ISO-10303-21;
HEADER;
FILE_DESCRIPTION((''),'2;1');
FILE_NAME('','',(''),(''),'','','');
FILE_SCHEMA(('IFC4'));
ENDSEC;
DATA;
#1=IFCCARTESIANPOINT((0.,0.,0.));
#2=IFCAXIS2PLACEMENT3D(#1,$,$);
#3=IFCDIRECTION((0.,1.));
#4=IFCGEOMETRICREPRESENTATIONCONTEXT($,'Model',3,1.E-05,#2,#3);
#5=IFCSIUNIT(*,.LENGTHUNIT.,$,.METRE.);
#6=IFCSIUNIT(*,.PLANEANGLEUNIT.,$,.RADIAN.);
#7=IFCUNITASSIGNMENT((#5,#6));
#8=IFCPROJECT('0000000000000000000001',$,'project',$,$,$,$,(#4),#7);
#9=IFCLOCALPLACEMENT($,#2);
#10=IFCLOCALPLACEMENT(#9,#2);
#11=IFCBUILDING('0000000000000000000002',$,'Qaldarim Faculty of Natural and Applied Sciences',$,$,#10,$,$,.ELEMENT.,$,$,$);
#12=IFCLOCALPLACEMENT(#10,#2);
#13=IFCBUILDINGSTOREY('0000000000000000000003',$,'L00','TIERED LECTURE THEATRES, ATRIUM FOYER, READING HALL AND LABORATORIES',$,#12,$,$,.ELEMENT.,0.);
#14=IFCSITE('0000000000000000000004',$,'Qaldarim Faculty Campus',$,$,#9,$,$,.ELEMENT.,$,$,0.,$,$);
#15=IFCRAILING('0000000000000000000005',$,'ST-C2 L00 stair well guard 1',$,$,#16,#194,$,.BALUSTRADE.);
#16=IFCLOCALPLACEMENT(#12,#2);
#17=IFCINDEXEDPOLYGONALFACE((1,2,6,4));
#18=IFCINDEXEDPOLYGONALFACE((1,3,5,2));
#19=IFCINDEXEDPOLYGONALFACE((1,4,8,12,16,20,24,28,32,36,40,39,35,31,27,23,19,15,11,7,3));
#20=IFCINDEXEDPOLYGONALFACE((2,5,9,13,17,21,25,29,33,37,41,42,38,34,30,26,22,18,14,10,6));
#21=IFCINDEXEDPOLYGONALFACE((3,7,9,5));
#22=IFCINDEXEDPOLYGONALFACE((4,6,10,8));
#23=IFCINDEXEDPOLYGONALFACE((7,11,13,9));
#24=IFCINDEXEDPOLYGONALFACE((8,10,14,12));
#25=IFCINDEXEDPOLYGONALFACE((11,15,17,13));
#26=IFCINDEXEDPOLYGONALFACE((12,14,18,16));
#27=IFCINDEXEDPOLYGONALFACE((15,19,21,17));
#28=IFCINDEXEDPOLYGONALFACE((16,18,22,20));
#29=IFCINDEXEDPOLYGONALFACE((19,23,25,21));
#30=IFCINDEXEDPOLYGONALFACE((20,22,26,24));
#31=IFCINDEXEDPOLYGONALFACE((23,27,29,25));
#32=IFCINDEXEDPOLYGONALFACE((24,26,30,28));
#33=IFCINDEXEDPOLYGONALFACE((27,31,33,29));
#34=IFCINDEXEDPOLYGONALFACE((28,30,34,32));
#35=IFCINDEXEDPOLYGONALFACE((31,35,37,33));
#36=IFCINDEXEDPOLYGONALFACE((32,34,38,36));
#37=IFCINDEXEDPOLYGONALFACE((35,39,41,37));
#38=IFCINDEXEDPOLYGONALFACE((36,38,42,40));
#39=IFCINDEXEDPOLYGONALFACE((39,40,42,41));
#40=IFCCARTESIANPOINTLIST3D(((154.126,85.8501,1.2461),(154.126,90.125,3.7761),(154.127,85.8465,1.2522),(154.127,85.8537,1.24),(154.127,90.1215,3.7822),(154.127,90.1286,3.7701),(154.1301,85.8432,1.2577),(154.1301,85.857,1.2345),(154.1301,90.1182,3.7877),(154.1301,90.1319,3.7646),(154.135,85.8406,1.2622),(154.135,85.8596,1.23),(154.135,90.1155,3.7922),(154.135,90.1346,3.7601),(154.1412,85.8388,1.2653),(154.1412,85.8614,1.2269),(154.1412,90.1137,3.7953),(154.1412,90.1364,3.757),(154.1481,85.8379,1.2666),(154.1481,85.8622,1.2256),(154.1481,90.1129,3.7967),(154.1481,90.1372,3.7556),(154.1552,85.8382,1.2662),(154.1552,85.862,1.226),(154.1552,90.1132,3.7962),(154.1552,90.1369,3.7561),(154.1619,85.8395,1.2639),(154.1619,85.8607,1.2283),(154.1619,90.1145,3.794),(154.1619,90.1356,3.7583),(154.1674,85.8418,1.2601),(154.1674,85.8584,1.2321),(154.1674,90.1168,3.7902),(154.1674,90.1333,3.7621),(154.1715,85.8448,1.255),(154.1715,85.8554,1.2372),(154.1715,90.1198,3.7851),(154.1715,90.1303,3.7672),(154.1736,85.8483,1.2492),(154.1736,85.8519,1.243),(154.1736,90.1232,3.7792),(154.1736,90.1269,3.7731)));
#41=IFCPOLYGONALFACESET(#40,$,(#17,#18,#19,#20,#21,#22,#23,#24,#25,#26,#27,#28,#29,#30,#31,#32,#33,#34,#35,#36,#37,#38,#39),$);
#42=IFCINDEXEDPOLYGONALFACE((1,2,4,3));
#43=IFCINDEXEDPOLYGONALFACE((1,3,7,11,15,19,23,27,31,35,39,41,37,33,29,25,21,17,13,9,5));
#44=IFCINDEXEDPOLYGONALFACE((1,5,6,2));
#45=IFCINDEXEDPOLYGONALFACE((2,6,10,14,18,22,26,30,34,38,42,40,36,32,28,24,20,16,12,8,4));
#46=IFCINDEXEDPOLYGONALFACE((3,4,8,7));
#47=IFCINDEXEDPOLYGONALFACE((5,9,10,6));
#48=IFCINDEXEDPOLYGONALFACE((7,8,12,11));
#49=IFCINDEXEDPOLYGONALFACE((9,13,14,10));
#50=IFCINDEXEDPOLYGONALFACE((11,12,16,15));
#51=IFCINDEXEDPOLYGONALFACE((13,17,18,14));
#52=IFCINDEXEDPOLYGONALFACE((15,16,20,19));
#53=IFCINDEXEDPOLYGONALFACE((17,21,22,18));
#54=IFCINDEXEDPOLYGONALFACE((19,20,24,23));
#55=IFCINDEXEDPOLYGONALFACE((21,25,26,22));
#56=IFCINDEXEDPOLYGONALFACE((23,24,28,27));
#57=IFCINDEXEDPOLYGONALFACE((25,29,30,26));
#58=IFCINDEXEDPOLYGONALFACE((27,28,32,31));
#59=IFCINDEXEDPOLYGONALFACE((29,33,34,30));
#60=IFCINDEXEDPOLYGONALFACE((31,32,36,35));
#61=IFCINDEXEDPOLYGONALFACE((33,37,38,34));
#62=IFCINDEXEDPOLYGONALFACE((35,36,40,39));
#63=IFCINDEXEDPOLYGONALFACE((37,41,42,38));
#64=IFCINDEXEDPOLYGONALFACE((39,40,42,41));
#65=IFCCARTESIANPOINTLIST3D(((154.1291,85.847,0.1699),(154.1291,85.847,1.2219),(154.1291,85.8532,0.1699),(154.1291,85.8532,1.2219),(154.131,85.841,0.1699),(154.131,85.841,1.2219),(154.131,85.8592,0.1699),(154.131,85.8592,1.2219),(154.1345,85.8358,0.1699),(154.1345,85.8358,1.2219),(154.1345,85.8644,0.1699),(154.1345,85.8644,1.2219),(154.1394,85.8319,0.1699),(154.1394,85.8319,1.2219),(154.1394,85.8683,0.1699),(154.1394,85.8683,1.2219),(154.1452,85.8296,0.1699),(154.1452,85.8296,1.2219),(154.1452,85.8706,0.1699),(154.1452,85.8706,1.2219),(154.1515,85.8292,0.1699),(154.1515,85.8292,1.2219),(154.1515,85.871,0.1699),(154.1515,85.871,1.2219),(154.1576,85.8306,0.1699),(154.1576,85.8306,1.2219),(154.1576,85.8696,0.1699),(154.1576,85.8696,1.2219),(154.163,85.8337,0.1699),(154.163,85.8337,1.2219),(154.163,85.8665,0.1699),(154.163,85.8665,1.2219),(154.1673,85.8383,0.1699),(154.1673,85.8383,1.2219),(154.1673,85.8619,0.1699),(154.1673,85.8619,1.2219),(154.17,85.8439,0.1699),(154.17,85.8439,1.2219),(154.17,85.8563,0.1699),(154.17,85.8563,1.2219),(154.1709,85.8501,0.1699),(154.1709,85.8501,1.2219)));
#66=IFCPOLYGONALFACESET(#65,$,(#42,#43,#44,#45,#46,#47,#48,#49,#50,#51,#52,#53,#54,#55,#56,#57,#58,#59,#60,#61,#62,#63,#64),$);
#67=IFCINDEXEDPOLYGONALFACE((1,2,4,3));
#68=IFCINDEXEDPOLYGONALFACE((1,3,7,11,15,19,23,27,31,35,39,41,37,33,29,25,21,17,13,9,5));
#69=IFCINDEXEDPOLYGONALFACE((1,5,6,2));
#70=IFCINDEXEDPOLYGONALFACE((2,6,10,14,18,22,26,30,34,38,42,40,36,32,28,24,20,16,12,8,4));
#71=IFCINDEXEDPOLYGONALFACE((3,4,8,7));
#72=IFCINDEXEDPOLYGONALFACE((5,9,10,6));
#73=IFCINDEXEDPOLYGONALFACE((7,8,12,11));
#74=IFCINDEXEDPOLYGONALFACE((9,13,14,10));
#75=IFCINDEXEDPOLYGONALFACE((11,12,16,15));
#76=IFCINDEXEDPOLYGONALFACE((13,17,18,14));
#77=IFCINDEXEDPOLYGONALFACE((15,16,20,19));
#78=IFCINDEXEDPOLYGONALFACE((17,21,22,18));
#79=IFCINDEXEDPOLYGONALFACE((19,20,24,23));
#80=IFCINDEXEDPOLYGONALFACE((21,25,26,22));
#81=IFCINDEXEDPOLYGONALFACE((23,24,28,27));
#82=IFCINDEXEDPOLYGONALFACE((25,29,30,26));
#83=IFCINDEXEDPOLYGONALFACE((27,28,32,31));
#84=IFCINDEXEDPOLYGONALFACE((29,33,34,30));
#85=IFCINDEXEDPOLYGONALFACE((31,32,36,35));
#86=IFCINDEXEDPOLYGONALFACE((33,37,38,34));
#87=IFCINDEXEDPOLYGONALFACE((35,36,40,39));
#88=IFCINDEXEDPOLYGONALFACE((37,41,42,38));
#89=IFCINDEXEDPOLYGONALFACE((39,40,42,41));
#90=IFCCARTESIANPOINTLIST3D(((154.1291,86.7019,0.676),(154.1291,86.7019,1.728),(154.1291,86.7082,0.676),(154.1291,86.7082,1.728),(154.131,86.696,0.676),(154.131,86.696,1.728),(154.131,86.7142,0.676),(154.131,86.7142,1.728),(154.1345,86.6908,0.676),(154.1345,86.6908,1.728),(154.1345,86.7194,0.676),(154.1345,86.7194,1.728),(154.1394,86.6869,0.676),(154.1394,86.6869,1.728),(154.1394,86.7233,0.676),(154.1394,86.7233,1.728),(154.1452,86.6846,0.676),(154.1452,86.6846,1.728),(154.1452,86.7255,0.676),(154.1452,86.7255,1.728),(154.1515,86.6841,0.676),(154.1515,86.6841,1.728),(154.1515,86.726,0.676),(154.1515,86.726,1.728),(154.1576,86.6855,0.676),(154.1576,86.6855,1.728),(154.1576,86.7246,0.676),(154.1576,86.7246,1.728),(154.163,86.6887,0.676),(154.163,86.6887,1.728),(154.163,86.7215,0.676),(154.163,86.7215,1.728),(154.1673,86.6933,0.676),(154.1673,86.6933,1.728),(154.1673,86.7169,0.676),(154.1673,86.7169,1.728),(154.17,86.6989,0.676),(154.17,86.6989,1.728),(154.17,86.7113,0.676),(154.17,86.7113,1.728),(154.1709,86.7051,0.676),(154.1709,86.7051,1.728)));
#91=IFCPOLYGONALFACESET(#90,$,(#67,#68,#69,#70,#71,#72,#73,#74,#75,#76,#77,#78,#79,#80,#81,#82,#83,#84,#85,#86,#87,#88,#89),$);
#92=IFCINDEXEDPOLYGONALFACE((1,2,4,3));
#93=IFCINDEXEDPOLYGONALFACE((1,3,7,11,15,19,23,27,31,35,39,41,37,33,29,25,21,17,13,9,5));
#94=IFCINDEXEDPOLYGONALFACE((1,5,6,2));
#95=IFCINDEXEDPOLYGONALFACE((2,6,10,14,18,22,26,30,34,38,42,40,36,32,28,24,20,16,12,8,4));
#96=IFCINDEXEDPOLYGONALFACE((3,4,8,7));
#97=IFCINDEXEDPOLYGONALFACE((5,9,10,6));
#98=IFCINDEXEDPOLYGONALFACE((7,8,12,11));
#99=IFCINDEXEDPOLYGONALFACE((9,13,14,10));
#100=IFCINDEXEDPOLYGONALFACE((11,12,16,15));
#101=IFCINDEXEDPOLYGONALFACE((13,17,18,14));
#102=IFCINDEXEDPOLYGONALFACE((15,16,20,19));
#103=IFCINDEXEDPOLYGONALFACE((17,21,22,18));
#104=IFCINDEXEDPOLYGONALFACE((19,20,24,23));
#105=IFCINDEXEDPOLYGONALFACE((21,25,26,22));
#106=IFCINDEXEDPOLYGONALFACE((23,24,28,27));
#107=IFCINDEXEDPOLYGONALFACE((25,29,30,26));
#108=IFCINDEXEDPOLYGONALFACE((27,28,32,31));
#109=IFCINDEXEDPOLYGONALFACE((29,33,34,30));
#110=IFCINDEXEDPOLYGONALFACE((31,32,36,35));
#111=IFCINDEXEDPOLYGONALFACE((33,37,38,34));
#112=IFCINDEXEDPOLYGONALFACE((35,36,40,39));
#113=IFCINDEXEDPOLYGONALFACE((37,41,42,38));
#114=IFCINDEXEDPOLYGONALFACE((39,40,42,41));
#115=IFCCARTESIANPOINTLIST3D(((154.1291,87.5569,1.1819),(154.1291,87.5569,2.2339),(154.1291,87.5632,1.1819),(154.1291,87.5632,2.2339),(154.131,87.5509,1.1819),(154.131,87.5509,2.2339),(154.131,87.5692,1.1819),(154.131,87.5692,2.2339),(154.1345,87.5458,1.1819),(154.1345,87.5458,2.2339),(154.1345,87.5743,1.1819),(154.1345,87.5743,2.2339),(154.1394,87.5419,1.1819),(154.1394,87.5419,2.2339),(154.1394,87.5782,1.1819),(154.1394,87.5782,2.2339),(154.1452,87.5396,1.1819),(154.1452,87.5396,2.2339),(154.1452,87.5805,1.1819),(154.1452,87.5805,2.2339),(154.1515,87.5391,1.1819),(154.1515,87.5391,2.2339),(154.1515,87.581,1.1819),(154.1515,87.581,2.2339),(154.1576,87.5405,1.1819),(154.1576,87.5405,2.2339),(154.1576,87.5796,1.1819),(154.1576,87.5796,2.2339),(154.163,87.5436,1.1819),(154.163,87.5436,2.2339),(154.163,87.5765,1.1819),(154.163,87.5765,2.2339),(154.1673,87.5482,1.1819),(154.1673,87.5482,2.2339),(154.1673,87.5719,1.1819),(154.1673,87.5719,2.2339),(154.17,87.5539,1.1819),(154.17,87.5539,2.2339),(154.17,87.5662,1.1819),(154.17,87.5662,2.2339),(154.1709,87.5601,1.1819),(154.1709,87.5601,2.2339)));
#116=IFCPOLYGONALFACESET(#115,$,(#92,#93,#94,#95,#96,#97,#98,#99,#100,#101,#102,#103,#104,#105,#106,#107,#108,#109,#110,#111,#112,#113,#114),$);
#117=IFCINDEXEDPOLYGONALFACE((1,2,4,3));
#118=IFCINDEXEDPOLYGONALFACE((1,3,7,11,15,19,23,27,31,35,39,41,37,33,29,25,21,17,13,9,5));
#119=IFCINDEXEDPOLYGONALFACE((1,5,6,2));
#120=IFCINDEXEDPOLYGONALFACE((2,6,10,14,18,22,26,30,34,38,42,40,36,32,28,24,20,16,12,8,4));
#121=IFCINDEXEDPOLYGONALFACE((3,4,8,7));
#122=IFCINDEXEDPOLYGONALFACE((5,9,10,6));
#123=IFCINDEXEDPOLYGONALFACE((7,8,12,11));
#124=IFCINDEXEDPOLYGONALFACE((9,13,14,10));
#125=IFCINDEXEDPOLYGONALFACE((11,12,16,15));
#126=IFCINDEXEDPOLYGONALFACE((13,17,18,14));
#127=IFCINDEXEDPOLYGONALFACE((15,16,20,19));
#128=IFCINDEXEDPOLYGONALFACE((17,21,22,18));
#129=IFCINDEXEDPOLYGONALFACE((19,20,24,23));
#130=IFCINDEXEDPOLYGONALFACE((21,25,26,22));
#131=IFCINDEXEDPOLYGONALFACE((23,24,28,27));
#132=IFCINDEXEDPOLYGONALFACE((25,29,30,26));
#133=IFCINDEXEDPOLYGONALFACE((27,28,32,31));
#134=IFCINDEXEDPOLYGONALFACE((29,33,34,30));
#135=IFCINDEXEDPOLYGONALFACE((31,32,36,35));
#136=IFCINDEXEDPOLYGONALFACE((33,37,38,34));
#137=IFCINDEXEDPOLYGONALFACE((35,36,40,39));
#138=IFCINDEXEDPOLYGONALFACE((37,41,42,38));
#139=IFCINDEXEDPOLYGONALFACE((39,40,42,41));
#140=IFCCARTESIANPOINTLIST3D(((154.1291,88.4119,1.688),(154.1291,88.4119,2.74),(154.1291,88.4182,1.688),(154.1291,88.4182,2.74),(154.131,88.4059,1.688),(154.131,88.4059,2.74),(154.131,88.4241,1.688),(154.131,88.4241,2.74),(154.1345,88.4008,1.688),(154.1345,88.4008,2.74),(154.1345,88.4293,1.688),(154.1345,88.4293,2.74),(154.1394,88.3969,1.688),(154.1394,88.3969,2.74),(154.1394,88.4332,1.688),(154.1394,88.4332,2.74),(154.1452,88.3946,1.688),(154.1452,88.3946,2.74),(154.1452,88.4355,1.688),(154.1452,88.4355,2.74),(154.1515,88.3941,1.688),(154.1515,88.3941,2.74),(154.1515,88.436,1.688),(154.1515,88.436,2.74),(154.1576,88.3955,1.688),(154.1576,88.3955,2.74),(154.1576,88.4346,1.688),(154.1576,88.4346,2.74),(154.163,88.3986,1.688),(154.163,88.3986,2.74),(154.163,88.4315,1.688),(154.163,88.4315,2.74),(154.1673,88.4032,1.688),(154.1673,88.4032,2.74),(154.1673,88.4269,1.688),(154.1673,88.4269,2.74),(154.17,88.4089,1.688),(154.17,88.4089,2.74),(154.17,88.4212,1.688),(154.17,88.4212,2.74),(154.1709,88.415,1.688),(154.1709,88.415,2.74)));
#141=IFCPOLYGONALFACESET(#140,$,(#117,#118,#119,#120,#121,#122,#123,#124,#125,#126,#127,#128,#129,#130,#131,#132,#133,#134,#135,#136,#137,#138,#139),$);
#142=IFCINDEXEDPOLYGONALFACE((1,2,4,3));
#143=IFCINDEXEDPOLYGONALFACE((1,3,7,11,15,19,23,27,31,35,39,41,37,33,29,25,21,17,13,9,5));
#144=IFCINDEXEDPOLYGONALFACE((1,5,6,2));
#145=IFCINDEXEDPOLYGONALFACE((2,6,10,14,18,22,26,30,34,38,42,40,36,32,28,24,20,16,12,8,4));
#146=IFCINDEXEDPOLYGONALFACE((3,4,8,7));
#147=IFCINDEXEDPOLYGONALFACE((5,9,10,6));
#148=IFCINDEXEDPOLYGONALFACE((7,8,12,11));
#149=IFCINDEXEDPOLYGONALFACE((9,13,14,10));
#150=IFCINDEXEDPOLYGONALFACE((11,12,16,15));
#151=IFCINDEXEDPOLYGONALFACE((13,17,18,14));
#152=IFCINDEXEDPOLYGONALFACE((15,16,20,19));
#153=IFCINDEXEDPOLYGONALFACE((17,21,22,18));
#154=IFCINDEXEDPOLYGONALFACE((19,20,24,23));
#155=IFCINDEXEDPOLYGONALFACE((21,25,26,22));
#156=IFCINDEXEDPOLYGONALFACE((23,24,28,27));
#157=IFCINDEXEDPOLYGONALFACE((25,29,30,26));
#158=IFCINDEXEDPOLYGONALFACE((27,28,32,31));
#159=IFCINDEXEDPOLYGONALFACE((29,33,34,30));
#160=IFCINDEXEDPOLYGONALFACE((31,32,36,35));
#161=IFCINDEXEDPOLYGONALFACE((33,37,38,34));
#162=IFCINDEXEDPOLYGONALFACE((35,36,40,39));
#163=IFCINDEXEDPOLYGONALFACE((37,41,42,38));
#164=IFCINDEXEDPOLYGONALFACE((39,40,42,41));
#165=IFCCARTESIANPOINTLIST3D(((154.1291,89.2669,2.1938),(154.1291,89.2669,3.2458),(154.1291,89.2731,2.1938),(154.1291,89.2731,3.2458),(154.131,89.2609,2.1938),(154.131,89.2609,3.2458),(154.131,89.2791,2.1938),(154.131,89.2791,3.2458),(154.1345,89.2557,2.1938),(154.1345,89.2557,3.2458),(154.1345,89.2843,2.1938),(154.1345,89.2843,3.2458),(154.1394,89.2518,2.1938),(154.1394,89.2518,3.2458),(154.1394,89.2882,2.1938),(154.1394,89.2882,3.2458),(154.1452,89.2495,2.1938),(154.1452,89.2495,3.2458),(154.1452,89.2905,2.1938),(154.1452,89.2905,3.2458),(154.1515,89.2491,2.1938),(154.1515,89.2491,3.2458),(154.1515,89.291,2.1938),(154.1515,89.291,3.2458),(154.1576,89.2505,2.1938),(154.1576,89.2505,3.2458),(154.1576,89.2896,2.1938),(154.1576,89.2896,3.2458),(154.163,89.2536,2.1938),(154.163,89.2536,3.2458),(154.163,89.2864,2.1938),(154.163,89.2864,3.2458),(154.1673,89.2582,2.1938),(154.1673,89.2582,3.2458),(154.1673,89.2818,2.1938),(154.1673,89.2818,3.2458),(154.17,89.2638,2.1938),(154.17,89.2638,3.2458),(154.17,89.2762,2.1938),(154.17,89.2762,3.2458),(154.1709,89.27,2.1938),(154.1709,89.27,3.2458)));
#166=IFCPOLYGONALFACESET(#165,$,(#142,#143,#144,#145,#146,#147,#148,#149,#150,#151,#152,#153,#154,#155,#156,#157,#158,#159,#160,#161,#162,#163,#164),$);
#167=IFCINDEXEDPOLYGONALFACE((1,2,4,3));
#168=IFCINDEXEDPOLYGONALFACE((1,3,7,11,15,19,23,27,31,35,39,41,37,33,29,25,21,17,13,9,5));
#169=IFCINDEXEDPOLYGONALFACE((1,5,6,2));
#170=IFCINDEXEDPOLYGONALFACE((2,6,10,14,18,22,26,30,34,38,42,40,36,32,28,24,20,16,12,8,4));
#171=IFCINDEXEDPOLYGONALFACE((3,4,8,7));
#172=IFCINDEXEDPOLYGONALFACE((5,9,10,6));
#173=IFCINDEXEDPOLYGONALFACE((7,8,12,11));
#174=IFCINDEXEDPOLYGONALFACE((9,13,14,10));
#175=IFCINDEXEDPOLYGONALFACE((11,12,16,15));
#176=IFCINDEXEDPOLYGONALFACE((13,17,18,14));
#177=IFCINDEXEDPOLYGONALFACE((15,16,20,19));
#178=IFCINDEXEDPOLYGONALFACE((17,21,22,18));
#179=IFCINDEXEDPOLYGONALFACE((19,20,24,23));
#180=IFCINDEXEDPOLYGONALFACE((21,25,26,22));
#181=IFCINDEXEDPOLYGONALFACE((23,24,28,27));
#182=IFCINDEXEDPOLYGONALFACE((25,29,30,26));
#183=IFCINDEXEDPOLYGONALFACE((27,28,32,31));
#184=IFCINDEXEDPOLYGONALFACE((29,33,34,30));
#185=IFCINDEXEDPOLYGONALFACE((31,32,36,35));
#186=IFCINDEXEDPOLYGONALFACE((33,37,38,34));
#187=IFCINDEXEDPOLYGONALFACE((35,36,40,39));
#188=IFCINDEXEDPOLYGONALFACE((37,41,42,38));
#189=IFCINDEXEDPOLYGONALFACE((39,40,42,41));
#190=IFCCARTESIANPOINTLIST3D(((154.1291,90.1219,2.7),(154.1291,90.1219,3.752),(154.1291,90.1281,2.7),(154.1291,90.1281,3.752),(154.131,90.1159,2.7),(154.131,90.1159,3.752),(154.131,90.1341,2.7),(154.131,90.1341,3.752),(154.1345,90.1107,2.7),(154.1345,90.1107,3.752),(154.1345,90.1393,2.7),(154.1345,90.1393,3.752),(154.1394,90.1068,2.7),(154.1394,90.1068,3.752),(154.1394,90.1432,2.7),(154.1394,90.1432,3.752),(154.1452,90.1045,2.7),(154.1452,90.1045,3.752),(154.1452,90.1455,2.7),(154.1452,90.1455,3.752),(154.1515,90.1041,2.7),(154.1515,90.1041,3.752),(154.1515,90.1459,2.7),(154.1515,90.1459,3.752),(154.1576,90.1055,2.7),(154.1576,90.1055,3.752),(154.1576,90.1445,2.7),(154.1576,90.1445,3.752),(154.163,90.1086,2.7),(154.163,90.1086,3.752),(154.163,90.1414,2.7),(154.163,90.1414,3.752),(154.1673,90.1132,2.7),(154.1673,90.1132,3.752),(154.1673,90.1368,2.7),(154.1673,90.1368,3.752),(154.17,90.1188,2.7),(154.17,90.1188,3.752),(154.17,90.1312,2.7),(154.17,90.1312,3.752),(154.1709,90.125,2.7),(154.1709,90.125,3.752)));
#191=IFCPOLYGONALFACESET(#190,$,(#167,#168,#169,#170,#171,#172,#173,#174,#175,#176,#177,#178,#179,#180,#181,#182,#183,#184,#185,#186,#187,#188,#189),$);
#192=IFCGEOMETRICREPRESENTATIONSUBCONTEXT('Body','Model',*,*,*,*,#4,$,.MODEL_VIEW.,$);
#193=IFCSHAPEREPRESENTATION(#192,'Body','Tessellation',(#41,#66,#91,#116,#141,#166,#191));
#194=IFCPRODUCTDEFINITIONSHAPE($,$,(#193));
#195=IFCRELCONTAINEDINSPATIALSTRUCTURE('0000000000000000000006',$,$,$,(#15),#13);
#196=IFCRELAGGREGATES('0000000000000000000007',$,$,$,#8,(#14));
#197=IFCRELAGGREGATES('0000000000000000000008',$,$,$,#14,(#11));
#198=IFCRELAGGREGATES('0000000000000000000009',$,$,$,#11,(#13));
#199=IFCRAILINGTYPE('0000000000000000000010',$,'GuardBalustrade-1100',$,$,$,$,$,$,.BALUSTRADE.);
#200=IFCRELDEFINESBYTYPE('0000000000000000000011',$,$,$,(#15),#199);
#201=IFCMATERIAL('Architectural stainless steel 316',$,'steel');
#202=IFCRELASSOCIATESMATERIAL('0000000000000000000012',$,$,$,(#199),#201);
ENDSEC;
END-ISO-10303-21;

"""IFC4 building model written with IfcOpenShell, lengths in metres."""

from ifc_helpers import new_model, si_unit, direction, frame, origin, origin_2d, place, context, subcontext, project, spatial, circle, extrude, material, type_object, element, save


model = new_model("IFC4")

# Units and contexts
model_context = context("Model", 3, precision=1e-05, world=origin(), true_north=direction((0.0, 1.0)))
body_context = subcontext(model_context, "Body", "Model", "MODEL_VIEW")
ifc_project = project(units=[si_unit("LENGTHUNIT", "METRE"), si_unit("PLANEANGLEUNIT", "RADIAN")], contexts=[model_context])

# Site, building, storey
site_placement = place(None, origin())
site = spatial("IfcSite", under=ifc_project, at=site_placement, Name="Qaldarim Faculty Campus", CompositionType="ELEMENT", RefElevation=0.0)
building_placement = place(site_placement, origin())
building = spatial("IfcBuilding", under=site, at=building_placement, Name="Qaldarim Faculty of Natural and Applied Sciences", CompositionType="ELEMENT")
storey_placement = place(building_placement, origin())
storey = spatial("IfcBuildingStorey", under=building, at=storey_placement, Name="L00", Description="TIERED LECTURE THEATRES, ATRIUM FOYER, READING HALL AND LABORATORIES", CompositionType="ELEMENT", Elevation=0.0)

# Railing
ifc_material_1 = material(Name="Architectural stainless steel 316", Category="steel")
railing_type_1 = type_object("IfcRailingType", Name="GuardBalustrade-1100", PredefinedType="BALUSTRADE", material=ifc_material_1)
railing_1_placement = place(storey_placement, frame((154.1499, 85.8501, 0.1699)))
element("IfcRailing", 1, at=railing_1_placement, inside=storey, type_object=railing_type_1, Name="ST-C2 L00 stair well guard 1", PredefinedType="BALUSTRADE", context=body_context, shape_type="SweptSolid", body=[
    extrude(circle(Radius=0.0239, at=origin_2d()), frame((0.0, 0.0, 1.0762), z_axis=(0.0, 0.860578, 0.509319), x_axis=(-1.0, 0.0, 0.0)), (0.0, 0.0, 1.0), 4.9675),
    extrude(circle(Radius=0.021, at=origin_2d()), origin(), (0.0, 0.0, 1.0), 1.052),
    extrude(circle(Radius=0.021, at=origin_2d()), frame((0.0, 0.855, 0.5061)), (0.0, 0.0, 1.0), 1.052),
    extrude(circle(Radius=0.021, at=origin_2d()), frame((0.0, 1.71, 1.012)), (0.0, 0.0, 1.0), 1.052),
    extrude(circle(Radius=0.021, at=origin_2d()), frame((0.0, 2.5649, 1.5181)), (0.0, 0.0, 1.0), 1.052),
    extrude(circle(Radius=0.021, at=origin_2d()), frame((0.0, 3.4199, 2.0239)), (0.0, 0.0, 1.0), 1.052),
    extrude(circle(Radius=0.021, at=origin_2d()), frame((0.0, 4.2749, 2.53)), (0.0, 0.0, 1.0), 1.052),
])

save(model, "model.ifc")
